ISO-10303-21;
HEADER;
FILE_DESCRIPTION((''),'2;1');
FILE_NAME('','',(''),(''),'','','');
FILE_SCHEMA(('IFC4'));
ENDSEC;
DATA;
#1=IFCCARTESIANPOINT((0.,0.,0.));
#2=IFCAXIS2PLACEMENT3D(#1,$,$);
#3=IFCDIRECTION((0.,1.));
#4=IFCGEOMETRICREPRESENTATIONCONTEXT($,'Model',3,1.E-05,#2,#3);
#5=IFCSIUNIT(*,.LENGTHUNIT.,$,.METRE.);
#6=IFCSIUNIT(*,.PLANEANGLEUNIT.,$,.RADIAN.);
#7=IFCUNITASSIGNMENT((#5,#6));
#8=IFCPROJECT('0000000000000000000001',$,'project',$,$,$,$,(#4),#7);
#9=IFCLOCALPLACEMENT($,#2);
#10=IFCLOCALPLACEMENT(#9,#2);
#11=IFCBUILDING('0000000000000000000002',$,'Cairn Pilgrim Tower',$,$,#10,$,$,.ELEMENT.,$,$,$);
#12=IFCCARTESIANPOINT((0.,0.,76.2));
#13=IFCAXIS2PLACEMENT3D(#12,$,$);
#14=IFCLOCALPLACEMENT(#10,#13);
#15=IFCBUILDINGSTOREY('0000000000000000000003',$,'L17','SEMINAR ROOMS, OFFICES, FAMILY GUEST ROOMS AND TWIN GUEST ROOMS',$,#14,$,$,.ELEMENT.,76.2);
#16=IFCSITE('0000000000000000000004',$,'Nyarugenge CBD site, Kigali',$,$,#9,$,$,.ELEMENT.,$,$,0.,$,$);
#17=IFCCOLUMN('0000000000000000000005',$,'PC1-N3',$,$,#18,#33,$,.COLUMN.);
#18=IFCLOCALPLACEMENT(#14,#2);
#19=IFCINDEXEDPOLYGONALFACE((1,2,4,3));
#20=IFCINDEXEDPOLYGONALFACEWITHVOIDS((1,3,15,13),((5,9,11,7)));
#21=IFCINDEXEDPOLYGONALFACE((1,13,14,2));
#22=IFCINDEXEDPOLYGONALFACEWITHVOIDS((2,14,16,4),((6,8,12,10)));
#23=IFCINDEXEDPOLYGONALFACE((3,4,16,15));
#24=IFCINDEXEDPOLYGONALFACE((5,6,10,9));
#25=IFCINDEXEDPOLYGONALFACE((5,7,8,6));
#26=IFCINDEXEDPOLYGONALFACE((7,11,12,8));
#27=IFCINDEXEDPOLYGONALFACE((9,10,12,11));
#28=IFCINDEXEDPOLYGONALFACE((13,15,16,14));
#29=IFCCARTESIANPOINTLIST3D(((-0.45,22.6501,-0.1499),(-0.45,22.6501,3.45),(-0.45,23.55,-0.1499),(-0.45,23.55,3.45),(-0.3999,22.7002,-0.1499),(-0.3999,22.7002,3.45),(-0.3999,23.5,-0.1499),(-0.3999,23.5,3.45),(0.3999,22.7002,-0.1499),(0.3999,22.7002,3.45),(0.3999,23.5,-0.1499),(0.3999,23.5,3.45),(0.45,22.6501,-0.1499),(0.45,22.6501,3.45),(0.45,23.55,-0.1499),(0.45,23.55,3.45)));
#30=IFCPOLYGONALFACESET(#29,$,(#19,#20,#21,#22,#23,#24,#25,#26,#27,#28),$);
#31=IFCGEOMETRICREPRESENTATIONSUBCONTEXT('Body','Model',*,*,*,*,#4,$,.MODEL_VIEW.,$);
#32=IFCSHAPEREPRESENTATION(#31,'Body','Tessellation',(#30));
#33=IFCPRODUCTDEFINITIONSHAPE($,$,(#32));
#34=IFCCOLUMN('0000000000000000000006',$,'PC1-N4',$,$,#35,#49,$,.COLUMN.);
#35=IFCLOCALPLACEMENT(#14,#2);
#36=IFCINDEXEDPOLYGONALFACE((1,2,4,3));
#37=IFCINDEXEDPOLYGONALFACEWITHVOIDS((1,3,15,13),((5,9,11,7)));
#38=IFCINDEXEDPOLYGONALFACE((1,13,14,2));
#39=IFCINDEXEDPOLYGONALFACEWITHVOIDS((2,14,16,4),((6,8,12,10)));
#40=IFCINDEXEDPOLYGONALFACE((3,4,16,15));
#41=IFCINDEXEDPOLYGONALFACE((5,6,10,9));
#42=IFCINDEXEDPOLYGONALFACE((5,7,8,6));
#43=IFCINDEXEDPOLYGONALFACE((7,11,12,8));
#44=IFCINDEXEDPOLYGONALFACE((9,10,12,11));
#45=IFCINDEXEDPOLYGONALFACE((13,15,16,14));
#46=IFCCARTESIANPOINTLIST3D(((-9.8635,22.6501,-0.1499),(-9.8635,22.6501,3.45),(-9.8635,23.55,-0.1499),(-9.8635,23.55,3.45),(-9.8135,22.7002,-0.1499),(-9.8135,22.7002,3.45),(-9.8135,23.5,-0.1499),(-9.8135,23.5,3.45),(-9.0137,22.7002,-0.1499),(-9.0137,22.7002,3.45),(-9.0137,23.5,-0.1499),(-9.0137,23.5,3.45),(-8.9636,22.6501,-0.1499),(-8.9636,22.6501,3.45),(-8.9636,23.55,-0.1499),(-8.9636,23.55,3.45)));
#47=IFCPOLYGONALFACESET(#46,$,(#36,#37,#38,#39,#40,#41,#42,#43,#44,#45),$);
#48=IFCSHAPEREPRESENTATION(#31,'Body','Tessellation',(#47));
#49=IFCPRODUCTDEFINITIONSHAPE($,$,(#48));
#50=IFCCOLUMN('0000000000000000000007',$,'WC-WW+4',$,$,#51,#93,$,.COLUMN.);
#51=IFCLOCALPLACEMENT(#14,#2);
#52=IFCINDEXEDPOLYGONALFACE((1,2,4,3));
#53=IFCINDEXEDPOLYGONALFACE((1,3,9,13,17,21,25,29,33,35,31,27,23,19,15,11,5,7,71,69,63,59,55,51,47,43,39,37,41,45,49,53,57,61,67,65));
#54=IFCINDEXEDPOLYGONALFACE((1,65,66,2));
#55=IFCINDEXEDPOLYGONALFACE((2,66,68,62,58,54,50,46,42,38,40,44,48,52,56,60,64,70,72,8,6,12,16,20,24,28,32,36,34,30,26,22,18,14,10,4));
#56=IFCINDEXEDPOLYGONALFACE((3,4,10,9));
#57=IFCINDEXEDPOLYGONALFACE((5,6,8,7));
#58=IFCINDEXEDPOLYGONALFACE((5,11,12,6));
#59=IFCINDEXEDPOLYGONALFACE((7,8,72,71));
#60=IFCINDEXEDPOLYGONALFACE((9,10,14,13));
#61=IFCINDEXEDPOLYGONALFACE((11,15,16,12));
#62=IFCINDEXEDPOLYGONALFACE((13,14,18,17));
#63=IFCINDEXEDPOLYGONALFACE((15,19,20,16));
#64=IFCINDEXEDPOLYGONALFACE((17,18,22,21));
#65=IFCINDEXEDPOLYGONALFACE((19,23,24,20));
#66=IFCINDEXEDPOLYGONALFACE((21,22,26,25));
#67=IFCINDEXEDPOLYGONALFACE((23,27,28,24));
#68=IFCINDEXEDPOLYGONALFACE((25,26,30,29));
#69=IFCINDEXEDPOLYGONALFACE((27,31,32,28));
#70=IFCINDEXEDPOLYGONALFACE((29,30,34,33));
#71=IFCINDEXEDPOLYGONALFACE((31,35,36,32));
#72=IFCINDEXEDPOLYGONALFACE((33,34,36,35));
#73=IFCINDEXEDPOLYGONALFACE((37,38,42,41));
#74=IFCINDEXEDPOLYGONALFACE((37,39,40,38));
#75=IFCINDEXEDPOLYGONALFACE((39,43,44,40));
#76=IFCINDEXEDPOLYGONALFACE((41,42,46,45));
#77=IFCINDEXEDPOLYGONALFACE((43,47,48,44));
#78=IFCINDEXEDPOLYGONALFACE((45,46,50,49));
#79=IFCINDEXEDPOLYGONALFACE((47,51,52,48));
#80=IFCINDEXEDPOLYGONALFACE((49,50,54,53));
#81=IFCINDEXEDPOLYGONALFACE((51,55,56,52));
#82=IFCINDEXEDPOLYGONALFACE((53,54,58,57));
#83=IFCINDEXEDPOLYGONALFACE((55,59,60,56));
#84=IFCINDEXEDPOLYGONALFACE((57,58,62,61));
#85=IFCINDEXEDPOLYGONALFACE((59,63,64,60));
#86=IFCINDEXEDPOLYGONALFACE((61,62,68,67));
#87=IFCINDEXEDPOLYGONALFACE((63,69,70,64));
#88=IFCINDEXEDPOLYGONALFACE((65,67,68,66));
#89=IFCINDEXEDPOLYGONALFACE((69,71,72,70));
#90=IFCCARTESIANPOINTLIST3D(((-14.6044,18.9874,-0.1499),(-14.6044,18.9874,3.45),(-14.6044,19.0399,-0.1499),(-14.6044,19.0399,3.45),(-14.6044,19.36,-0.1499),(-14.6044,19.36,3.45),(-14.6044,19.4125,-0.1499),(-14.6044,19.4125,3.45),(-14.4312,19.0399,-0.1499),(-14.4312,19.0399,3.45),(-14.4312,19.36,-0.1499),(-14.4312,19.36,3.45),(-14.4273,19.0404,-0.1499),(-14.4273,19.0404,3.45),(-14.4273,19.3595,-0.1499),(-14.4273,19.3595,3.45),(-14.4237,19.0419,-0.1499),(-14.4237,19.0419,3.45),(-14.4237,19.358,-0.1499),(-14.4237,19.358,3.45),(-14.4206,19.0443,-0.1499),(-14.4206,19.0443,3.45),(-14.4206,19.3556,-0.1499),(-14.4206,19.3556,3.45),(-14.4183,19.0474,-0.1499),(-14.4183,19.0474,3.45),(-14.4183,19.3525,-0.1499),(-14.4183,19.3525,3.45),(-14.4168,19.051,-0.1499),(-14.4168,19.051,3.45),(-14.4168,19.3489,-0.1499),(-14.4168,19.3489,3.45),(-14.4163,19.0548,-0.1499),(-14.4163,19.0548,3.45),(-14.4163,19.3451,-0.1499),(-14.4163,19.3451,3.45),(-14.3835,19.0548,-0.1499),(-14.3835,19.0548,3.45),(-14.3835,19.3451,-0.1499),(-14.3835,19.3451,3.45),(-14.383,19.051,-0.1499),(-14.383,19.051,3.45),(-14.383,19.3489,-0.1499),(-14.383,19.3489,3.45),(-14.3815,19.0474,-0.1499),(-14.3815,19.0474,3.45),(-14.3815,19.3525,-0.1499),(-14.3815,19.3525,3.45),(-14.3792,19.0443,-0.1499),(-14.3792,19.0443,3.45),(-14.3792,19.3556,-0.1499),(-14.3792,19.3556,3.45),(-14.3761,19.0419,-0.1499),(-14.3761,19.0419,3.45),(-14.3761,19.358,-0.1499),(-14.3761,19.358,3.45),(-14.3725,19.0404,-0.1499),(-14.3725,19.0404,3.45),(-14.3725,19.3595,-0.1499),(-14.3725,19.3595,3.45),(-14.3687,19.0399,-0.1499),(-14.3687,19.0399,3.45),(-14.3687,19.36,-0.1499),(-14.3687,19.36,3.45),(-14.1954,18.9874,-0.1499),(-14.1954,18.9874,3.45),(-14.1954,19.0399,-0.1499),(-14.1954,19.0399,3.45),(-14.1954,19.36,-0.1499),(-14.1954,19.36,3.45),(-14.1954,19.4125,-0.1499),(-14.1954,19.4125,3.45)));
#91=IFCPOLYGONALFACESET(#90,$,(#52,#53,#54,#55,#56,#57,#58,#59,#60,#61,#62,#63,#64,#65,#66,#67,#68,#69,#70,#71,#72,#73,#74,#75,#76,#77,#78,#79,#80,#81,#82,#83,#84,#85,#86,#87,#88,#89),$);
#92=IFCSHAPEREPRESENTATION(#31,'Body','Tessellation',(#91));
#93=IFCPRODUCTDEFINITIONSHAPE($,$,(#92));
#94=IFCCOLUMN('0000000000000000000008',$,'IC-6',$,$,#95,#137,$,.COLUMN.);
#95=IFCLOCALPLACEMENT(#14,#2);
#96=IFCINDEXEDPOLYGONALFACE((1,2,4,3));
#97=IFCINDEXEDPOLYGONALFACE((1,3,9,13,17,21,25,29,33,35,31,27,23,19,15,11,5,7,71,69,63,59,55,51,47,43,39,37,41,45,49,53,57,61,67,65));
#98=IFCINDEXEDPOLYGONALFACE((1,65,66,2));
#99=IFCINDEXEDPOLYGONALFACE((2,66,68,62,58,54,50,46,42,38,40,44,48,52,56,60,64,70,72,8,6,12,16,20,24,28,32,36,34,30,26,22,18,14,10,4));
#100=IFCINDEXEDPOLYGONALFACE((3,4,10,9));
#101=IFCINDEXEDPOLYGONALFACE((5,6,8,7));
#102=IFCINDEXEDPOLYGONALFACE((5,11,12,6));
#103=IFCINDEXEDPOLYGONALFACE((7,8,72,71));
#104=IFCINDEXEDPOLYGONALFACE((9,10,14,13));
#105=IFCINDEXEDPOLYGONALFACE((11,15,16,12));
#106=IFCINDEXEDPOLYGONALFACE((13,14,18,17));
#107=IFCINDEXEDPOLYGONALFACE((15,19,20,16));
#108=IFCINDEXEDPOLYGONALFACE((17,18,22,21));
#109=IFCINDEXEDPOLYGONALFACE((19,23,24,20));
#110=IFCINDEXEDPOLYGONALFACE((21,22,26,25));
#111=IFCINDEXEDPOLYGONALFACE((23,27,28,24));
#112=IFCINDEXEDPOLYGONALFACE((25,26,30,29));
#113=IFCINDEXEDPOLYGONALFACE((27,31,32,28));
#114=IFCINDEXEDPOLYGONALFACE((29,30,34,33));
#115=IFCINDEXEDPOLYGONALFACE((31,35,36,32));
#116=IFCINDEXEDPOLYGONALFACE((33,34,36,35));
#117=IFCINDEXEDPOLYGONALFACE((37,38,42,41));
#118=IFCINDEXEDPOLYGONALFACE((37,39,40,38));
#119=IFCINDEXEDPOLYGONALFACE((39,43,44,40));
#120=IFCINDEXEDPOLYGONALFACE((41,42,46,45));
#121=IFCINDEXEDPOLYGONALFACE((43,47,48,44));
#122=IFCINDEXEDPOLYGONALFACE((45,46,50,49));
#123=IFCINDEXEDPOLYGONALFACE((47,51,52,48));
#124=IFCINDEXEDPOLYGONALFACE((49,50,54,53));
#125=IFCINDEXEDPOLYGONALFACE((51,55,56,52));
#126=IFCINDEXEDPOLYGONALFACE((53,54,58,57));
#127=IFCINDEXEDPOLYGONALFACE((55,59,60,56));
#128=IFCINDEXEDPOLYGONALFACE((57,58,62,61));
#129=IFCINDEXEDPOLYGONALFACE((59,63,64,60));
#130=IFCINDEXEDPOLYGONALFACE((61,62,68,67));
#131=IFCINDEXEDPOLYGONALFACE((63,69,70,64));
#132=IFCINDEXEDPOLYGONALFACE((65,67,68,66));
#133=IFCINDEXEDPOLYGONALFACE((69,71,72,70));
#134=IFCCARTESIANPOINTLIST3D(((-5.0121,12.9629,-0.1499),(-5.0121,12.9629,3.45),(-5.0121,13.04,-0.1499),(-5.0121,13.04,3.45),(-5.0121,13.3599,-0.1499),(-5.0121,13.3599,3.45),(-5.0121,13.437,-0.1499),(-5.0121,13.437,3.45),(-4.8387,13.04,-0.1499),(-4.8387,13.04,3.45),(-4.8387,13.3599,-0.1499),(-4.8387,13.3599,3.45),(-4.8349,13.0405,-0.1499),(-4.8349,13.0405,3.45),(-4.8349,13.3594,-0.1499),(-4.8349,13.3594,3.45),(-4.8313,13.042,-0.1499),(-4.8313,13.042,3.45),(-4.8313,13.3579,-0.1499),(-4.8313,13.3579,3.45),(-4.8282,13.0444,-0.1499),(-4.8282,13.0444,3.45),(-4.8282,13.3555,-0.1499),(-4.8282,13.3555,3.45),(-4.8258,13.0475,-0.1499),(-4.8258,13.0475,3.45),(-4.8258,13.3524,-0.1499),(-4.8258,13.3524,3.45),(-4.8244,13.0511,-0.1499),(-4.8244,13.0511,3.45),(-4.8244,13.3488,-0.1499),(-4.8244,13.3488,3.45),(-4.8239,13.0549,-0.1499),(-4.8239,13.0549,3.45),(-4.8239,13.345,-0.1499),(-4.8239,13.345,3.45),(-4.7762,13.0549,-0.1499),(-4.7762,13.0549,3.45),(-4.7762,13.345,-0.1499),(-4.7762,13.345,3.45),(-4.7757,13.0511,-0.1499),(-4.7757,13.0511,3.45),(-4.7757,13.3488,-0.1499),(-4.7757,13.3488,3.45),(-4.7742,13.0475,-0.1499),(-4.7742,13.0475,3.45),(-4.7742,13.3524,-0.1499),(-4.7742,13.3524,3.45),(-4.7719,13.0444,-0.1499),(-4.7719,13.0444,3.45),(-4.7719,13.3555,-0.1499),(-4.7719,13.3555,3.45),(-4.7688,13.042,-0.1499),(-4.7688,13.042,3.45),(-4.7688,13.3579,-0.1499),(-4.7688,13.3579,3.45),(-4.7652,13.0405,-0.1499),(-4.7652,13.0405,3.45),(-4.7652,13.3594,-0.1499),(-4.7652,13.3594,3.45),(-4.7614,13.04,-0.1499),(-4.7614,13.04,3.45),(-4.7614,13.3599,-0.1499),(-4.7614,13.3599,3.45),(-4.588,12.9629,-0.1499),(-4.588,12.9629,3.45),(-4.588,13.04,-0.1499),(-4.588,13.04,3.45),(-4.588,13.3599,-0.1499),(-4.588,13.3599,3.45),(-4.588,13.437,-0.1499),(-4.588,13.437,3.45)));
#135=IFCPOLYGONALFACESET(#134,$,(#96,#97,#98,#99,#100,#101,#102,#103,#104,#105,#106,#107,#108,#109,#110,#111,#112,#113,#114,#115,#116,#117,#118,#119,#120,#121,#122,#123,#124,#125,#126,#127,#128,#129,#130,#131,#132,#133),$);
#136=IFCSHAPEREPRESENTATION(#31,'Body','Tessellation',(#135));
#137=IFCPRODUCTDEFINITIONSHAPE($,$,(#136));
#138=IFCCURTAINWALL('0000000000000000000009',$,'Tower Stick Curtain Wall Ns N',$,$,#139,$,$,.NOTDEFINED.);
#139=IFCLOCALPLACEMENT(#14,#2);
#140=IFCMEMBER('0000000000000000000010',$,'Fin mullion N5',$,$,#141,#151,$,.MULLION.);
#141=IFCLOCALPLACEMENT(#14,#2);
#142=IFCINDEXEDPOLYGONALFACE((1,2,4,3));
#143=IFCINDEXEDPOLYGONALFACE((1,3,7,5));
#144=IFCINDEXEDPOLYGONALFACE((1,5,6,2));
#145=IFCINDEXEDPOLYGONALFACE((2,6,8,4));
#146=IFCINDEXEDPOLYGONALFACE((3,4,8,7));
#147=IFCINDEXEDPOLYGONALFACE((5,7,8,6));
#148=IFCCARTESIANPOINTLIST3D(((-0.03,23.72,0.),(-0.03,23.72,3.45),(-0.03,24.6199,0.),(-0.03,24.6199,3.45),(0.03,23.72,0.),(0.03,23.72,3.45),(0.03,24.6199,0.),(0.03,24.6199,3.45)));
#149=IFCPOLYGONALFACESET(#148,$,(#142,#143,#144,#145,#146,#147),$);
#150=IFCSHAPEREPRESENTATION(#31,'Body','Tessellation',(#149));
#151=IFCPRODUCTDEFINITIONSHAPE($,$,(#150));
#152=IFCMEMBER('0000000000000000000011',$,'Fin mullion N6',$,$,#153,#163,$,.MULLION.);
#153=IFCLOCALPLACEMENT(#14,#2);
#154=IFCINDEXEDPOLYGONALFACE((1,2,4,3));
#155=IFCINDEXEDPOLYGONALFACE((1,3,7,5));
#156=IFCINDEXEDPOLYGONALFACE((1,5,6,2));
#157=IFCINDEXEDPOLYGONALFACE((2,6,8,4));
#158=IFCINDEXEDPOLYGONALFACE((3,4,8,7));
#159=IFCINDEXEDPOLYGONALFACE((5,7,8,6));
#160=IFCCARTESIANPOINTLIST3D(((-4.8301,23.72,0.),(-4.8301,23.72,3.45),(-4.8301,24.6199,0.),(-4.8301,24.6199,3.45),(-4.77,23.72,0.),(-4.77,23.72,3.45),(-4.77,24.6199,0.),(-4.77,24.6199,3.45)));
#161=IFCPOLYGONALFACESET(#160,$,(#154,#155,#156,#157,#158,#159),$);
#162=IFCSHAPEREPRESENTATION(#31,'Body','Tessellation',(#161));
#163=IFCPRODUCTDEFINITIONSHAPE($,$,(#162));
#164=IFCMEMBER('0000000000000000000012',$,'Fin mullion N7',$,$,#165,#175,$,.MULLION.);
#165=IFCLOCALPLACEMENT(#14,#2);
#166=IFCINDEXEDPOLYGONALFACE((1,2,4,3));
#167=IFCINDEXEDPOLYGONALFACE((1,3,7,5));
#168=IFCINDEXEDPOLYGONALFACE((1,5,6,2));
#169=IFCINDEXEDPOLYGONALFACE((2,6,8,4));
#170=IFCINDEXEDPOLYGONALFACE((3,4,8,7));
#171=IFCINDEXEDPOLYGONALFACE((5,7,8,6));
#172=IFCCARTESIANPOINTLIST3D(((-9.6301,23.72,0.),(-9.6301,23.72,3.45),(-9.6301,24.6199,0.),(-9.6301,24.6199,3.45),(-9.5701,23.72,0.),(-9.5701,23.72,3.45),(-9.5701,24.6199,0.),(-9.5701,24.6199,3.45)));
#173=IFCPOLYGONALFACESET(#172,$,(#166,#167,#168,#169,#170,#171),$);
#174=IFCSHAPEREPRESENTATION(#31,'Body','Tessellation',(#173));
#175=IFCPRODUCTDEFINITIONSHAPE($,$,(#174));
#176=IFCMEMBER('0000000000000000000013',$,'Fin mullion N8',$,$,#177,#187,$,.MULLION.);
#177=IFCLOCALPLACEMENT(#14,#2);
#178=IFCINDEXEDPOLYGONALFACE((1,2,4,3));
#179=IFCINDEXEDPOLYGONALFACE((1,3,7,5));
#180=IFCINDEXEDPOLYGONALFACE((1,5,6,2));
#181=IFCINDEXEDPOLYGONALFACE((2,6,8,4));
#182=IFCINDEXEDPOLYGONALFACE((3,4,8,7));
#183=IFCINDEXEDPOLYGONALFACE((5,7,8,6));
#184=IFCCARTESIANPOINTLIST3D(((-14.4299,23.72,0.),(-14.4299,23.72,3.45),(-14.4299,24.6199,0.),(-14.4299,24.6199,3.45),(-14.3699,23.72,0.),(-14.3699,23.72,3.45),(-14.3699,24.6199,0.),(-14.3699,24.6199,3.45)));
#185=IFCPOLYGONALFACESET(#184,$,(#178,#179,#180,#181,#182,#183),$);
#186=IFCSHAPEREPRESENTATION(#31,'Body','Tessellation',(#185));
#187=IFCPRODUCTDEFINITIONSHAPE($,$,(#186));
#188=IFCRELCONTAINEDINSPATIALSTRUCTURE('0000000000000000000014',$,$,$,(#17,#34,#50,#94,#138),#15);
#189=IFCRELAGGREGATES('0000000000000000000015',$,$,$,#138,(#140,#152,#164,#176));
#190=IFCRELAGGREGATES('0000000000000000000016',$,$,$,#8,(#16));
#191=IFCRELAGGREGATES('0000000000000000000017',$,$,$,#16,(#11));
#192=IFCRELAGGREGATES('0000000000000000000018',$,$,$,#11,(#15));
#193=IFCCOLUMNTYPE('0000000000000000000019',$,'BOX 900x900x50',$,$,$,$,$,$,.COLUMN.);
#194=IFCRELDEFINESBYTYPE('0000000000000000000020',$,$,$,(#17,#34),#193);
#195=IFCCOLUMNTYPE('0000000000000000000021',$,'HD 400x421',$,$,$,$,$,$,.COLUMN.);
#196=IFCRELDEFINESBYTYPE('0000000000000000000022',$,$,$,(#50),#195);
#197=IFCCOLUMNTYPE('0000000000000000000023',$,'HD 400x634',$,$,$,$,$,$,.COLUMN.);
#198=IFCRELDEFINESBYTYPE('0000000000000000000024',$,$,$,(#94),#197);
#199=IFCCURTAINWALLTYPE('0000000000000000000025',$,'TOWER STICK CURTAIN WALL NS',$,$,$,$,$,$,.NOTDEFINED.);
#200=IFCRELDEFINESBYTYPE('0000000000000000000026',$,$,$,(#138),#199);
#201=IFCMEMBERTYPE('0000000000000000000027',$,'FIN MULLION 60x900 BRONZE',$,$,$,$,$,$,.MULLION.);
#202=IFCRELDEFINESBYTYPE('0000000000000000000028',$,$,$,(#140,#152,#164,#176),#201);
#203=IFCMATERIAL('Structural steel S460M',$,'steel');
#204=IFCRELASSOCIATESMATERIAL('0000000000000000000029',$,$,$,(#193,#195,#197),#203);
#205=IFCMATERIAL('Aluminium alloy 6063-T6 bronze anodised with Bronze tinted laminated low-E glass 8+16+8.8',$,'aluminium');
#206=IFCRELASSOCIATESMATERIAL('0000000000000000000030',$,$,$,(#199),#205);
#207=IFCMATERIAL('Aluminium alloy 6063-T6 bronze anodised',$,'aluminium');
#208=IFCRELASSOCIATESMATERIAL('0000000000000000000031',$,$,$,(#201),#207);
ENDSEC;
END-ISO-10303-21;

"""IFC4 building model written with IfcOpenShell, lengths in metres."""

from ifc_helpers import new_model, si_unit, direction, frame, origin, origin_2d, place, context, subcontext, project, spatial, rectangle, hollow_rectangle, i_section, extrude, material, material_profile, profile_set, type_object, element, aggregate, save


model = new_model("IFC4")

# Units and contexts
model_context = context("Model", 3, precision=1e-05, world=origin(), true_north=direction((0.0, 1.0)))
body_context = subcontext(model_context, "Body", "Model", "MODEL_VIEW")
ifc_project = project(units=[si_unit("LENGTHUNIT", "METRE"), si_unit("PLANEANGLEUNIT", "RADIAN")], contexts=[model_context])

# Site, building, storey
site_placement = place(None, origin())
site = spatial("IfcSite", under=ifc_project, at=site_placement, Name="Nyarugenge CBD site, Kigali", CompositionType="ELEMENT", RefElevation=0.0)
building_placement = place(site_placement, origin())
building = spatial("IfcBuilding", under=site, at=building_placement, Name="Cairn Pilgrim Tower", CompositionType="ELEMENT")
storey_placement = place(building_placement, frame((0.0, 0.0, 76.2)))
storey = spatial("IfcBuildingStorey", under=building, at=storey_placement, Name="L17", Description="SEMINAR ROOMS, OFFICES, FAMILY GUEST ROOMS AND TWIN GUEST ROOMS", CompositionType="ELEMENT", Elevation=76.2)

# Columns
ifc_material_1 = material(Name="Structural steel S460M", Category="steel")
ifc_material_profile_1 = material_profile(ifc_material_1, hollow_rectangle(XDim=0.8999, YDim=0.8999, WallThickness=0.05, at=origin_2d()), Name="BOX 900x900x50")
ifc_profile_set_1 = profile_set([ifc_material_profile_1], Name="Structural steel S460M")
column_type_1 = type_object("IfcColumnType", Name="BOX 900x900x50", PredefinedType="COLUMN", material=ifc_profile_set_1)
for number, where, z_axis, x_axis, name in (
    (1, (0.0, 23.1001, -0.1499), (0.0, 0.0, 1.0), (1.0, 0.0, 0.0), "PC1-N3"),
    (2, (-9.4136, 23.1001, -0.1499), (0.0, 0.0, 1.0), (1.0, 0.0, 0.0), "PC1-N4"),
):
    element("IfcColumn", number, at=place(storey_placement, frame(where, z_axis=z_axis, x_axis=x_axis)), inside=storey, type_object=column_type_1, Name=name, PredefinedType="COLUMN", context=body_context, shape_type="SweptSolid", body=[
        extrude(hollow_rectangle(XDim=0.8999, YDim=0.8999, WallThickness=0.05, at=origin_2d()), origin(), (0.0, 0.0, 1.0), 3.5999),
    ])
ifc_material_profile_2 = material_profile(ifc_material_1, i_section(OverallWidth=0.4089, OverallDepth=0.425, WebThickness=0.0327, FlangeThickness=0.0525, FilletRadius=0.0149, at=origin_2d()), Name="HD 400x421")
ifc_profile_set_2 = profile_set([ifc_material_profile_2], Name="Structural steel S460M")
column_type_2 = type_object("IfcColumnType", Name="HD 400x421", PredefinedType="COLUMN", material=ifc_profile_set_2)
column_1_placement = place(storey_placement, frame((-14.3999, 19.2, -0.1499), z_axis=(0.0, 0.0, 1.0), x_axis=(1.0, 0.0, 0.0)))
element("IfcColumn", 3, at=column_1_placement, inside=storey, type_object=column_type_2, Name="WC-WW+4", PredefinedType="COLUMN", context=body_context, shape_type="SweptSolid", body=[
    extrude(i_section(OverallWidth=0.4089, OverallDepth=0.425, WebThickness=0.0327, FlangeThickness=0.0525, FilletRadius=0.0149, at=origin_2d()), origin(), (0.0, 0.0, 1.0), 3.5999),
])
ifc_material_profile_3 = material_profile(ifc_material_1, i_section(OverallWidth=0.4241, OverallDepth=0.4741, WebThickness=0.0476, FlangeThickness=0.0771, FilletRadius=0.0149, at=origin_2d()), Name="HD 400x634")
ifc_profile_set_3 = profile_set([ifc_material_profile_3], Name="Structural steel S460M")
column_type_3 = type_object("IfcColumnType", Name="HD 400x634", PredefinedType="COLUMN", material=ifc_profile_set_3)
column_2_placement = place(storey_placement, frame((-4.8, 13.2, -0.1499), z_axis=(0.0, 0.0, 1.0), x_axis=(1.0, 0.0, 0.0)))
element("IfcColumn", 4, at=column_2_placement, inside=storey, type_object=column_type_3, Name="IC-6", PredefinedType="COLUMN", context=body_context, shape_type="SweptSolid", body=[
    extrude(i_section(OverallWidth=0.4241, OverallDepth=0.4741, WebThickness=0.0476, FlangeThickness=0.0771, FilletRadius=0.0149, at=origin_2d()), origin(), (0.0, 0.0, 1.0), 3.5999),
])

# Curtain wall, members
ifc_material_2 = material(Name="Aluminium alloy 6063-T6 bronze anodised with Bronze tinted laminated low-E glass 8+16+8.8", Category="aluminium")
curtain_wall_type = type_object("IfcCurtainWallType", Name="TOWER STICK CURTAIN WALL NS", PredefinedType="NOTDEFINED", material=ifc_material_2)
curtain_wall_placement = place(storey_placement, origin())
curtain_wall = element("IfcCurtainWall", 5, at=curtain_wall_placement, inside=storey, type_object=curtain_wall_type, Name="Tower Stick Curtain Wall Ns N", PredefinedType="NOTDEFINED")
ifc_material_3 = material(Name="Aluminium alloy 6063-T6 bronze anodised", Category="aluminium")
ifc_material_profile_4 = material_profile(ifc_material_3, rectangle(XDim=0.8999, YDim=0.0601, at=origin_2d()), Name="FIN MULLION 60x900 BRONZE")
ifc_profile_set_4 = profile_set([ifc_material_profile_4], Name="Aluminium alloy 6063-T6 bronze anodised")
member_type_1 = type_object("IfcMemberType", Name="FIN MULLION 60x900 BRONZE", PredefinedType="MULLION", material=ifc_profile_set_4)
member_1_placement = place(storey_placement, frame((0.0, 24.1699, 0.0), z_axis=(0.0, 0.0, 1.0), x_axis=(0.0, 1.0, 0.0)))
member_1 = element("IfcMember", 6, at=member_1_placement, type_object=member_type_1, Name="Fin mullion N5", PredefinedType="MULLION", context=body_context, shape_type="SweptSolid", body=[
    extrude(rectangle(XDim=0.8999, YDim=0.0601, at=origin_2d()), origin(), (0.0, 0.0, 1.0), 3.45),
])
member_2_placement = place(storey_placement, frame((-4.8, 24.1699, 0.0), z_axis=(0.0, 0.0, 1.0), x_axis=(0.0, 1.0, 0.0)))
member_2 = element("IfcMember", 7, at=member_2_placement, type_object=member_type_1, Name="Fin mullion N6", PredefinedType="MULLION", context=body_context, shape_type="SweptSolid", body=[
    extrude(rectangle(XDim=0.8999, YDim=0.0601, at=origin_2d()), origin(), (0.0, 0.0, 1.0), 3.45),
])
member_3_placement = place(storey_placement, frame((-9.6001, 24.1699, 0.0), z_axis=(0.0, 0.0, 1.0), x_axis=(0.0, 1.0, 0.0)))
member_3 = element("IfcMember", 8, at=member_3_placement, type_object=member_type_1, Name="Fin mullion N7", PredefinedType="MULLION", context=body_context, shape_type="SweptSolid", body=[
    extrude(rectangle(XDim=0.8999, YDim=0.0601, at=origin_2d()), origin(), (0.0, 0.0, 1.0), 3.45),
])
member_4_placement = place(storey_placement, frame((-14.3999, 24.1699, 0.0), z_axis=(0.0, 0.0, 1.0), x_axis=(0.0, 1.0, 0.0)))
member_4 = element("IfcMember", 9, at=member_4_placement, type_object=member_type_1, Name="Fin mullion N8", PredefinedType="MULLION", context=body_context, shape_type="SweptSolid", body=[
    extrude(rectangle(XDim=0.8999, YDim=0.0601, at=origin_2d()), origin(), (0.0, 0.0, 1.0), 3.45),
])

aggregate(curtain_wall, [member_1, member_2, member_3, member_4])

save(model, "model.ifc")
